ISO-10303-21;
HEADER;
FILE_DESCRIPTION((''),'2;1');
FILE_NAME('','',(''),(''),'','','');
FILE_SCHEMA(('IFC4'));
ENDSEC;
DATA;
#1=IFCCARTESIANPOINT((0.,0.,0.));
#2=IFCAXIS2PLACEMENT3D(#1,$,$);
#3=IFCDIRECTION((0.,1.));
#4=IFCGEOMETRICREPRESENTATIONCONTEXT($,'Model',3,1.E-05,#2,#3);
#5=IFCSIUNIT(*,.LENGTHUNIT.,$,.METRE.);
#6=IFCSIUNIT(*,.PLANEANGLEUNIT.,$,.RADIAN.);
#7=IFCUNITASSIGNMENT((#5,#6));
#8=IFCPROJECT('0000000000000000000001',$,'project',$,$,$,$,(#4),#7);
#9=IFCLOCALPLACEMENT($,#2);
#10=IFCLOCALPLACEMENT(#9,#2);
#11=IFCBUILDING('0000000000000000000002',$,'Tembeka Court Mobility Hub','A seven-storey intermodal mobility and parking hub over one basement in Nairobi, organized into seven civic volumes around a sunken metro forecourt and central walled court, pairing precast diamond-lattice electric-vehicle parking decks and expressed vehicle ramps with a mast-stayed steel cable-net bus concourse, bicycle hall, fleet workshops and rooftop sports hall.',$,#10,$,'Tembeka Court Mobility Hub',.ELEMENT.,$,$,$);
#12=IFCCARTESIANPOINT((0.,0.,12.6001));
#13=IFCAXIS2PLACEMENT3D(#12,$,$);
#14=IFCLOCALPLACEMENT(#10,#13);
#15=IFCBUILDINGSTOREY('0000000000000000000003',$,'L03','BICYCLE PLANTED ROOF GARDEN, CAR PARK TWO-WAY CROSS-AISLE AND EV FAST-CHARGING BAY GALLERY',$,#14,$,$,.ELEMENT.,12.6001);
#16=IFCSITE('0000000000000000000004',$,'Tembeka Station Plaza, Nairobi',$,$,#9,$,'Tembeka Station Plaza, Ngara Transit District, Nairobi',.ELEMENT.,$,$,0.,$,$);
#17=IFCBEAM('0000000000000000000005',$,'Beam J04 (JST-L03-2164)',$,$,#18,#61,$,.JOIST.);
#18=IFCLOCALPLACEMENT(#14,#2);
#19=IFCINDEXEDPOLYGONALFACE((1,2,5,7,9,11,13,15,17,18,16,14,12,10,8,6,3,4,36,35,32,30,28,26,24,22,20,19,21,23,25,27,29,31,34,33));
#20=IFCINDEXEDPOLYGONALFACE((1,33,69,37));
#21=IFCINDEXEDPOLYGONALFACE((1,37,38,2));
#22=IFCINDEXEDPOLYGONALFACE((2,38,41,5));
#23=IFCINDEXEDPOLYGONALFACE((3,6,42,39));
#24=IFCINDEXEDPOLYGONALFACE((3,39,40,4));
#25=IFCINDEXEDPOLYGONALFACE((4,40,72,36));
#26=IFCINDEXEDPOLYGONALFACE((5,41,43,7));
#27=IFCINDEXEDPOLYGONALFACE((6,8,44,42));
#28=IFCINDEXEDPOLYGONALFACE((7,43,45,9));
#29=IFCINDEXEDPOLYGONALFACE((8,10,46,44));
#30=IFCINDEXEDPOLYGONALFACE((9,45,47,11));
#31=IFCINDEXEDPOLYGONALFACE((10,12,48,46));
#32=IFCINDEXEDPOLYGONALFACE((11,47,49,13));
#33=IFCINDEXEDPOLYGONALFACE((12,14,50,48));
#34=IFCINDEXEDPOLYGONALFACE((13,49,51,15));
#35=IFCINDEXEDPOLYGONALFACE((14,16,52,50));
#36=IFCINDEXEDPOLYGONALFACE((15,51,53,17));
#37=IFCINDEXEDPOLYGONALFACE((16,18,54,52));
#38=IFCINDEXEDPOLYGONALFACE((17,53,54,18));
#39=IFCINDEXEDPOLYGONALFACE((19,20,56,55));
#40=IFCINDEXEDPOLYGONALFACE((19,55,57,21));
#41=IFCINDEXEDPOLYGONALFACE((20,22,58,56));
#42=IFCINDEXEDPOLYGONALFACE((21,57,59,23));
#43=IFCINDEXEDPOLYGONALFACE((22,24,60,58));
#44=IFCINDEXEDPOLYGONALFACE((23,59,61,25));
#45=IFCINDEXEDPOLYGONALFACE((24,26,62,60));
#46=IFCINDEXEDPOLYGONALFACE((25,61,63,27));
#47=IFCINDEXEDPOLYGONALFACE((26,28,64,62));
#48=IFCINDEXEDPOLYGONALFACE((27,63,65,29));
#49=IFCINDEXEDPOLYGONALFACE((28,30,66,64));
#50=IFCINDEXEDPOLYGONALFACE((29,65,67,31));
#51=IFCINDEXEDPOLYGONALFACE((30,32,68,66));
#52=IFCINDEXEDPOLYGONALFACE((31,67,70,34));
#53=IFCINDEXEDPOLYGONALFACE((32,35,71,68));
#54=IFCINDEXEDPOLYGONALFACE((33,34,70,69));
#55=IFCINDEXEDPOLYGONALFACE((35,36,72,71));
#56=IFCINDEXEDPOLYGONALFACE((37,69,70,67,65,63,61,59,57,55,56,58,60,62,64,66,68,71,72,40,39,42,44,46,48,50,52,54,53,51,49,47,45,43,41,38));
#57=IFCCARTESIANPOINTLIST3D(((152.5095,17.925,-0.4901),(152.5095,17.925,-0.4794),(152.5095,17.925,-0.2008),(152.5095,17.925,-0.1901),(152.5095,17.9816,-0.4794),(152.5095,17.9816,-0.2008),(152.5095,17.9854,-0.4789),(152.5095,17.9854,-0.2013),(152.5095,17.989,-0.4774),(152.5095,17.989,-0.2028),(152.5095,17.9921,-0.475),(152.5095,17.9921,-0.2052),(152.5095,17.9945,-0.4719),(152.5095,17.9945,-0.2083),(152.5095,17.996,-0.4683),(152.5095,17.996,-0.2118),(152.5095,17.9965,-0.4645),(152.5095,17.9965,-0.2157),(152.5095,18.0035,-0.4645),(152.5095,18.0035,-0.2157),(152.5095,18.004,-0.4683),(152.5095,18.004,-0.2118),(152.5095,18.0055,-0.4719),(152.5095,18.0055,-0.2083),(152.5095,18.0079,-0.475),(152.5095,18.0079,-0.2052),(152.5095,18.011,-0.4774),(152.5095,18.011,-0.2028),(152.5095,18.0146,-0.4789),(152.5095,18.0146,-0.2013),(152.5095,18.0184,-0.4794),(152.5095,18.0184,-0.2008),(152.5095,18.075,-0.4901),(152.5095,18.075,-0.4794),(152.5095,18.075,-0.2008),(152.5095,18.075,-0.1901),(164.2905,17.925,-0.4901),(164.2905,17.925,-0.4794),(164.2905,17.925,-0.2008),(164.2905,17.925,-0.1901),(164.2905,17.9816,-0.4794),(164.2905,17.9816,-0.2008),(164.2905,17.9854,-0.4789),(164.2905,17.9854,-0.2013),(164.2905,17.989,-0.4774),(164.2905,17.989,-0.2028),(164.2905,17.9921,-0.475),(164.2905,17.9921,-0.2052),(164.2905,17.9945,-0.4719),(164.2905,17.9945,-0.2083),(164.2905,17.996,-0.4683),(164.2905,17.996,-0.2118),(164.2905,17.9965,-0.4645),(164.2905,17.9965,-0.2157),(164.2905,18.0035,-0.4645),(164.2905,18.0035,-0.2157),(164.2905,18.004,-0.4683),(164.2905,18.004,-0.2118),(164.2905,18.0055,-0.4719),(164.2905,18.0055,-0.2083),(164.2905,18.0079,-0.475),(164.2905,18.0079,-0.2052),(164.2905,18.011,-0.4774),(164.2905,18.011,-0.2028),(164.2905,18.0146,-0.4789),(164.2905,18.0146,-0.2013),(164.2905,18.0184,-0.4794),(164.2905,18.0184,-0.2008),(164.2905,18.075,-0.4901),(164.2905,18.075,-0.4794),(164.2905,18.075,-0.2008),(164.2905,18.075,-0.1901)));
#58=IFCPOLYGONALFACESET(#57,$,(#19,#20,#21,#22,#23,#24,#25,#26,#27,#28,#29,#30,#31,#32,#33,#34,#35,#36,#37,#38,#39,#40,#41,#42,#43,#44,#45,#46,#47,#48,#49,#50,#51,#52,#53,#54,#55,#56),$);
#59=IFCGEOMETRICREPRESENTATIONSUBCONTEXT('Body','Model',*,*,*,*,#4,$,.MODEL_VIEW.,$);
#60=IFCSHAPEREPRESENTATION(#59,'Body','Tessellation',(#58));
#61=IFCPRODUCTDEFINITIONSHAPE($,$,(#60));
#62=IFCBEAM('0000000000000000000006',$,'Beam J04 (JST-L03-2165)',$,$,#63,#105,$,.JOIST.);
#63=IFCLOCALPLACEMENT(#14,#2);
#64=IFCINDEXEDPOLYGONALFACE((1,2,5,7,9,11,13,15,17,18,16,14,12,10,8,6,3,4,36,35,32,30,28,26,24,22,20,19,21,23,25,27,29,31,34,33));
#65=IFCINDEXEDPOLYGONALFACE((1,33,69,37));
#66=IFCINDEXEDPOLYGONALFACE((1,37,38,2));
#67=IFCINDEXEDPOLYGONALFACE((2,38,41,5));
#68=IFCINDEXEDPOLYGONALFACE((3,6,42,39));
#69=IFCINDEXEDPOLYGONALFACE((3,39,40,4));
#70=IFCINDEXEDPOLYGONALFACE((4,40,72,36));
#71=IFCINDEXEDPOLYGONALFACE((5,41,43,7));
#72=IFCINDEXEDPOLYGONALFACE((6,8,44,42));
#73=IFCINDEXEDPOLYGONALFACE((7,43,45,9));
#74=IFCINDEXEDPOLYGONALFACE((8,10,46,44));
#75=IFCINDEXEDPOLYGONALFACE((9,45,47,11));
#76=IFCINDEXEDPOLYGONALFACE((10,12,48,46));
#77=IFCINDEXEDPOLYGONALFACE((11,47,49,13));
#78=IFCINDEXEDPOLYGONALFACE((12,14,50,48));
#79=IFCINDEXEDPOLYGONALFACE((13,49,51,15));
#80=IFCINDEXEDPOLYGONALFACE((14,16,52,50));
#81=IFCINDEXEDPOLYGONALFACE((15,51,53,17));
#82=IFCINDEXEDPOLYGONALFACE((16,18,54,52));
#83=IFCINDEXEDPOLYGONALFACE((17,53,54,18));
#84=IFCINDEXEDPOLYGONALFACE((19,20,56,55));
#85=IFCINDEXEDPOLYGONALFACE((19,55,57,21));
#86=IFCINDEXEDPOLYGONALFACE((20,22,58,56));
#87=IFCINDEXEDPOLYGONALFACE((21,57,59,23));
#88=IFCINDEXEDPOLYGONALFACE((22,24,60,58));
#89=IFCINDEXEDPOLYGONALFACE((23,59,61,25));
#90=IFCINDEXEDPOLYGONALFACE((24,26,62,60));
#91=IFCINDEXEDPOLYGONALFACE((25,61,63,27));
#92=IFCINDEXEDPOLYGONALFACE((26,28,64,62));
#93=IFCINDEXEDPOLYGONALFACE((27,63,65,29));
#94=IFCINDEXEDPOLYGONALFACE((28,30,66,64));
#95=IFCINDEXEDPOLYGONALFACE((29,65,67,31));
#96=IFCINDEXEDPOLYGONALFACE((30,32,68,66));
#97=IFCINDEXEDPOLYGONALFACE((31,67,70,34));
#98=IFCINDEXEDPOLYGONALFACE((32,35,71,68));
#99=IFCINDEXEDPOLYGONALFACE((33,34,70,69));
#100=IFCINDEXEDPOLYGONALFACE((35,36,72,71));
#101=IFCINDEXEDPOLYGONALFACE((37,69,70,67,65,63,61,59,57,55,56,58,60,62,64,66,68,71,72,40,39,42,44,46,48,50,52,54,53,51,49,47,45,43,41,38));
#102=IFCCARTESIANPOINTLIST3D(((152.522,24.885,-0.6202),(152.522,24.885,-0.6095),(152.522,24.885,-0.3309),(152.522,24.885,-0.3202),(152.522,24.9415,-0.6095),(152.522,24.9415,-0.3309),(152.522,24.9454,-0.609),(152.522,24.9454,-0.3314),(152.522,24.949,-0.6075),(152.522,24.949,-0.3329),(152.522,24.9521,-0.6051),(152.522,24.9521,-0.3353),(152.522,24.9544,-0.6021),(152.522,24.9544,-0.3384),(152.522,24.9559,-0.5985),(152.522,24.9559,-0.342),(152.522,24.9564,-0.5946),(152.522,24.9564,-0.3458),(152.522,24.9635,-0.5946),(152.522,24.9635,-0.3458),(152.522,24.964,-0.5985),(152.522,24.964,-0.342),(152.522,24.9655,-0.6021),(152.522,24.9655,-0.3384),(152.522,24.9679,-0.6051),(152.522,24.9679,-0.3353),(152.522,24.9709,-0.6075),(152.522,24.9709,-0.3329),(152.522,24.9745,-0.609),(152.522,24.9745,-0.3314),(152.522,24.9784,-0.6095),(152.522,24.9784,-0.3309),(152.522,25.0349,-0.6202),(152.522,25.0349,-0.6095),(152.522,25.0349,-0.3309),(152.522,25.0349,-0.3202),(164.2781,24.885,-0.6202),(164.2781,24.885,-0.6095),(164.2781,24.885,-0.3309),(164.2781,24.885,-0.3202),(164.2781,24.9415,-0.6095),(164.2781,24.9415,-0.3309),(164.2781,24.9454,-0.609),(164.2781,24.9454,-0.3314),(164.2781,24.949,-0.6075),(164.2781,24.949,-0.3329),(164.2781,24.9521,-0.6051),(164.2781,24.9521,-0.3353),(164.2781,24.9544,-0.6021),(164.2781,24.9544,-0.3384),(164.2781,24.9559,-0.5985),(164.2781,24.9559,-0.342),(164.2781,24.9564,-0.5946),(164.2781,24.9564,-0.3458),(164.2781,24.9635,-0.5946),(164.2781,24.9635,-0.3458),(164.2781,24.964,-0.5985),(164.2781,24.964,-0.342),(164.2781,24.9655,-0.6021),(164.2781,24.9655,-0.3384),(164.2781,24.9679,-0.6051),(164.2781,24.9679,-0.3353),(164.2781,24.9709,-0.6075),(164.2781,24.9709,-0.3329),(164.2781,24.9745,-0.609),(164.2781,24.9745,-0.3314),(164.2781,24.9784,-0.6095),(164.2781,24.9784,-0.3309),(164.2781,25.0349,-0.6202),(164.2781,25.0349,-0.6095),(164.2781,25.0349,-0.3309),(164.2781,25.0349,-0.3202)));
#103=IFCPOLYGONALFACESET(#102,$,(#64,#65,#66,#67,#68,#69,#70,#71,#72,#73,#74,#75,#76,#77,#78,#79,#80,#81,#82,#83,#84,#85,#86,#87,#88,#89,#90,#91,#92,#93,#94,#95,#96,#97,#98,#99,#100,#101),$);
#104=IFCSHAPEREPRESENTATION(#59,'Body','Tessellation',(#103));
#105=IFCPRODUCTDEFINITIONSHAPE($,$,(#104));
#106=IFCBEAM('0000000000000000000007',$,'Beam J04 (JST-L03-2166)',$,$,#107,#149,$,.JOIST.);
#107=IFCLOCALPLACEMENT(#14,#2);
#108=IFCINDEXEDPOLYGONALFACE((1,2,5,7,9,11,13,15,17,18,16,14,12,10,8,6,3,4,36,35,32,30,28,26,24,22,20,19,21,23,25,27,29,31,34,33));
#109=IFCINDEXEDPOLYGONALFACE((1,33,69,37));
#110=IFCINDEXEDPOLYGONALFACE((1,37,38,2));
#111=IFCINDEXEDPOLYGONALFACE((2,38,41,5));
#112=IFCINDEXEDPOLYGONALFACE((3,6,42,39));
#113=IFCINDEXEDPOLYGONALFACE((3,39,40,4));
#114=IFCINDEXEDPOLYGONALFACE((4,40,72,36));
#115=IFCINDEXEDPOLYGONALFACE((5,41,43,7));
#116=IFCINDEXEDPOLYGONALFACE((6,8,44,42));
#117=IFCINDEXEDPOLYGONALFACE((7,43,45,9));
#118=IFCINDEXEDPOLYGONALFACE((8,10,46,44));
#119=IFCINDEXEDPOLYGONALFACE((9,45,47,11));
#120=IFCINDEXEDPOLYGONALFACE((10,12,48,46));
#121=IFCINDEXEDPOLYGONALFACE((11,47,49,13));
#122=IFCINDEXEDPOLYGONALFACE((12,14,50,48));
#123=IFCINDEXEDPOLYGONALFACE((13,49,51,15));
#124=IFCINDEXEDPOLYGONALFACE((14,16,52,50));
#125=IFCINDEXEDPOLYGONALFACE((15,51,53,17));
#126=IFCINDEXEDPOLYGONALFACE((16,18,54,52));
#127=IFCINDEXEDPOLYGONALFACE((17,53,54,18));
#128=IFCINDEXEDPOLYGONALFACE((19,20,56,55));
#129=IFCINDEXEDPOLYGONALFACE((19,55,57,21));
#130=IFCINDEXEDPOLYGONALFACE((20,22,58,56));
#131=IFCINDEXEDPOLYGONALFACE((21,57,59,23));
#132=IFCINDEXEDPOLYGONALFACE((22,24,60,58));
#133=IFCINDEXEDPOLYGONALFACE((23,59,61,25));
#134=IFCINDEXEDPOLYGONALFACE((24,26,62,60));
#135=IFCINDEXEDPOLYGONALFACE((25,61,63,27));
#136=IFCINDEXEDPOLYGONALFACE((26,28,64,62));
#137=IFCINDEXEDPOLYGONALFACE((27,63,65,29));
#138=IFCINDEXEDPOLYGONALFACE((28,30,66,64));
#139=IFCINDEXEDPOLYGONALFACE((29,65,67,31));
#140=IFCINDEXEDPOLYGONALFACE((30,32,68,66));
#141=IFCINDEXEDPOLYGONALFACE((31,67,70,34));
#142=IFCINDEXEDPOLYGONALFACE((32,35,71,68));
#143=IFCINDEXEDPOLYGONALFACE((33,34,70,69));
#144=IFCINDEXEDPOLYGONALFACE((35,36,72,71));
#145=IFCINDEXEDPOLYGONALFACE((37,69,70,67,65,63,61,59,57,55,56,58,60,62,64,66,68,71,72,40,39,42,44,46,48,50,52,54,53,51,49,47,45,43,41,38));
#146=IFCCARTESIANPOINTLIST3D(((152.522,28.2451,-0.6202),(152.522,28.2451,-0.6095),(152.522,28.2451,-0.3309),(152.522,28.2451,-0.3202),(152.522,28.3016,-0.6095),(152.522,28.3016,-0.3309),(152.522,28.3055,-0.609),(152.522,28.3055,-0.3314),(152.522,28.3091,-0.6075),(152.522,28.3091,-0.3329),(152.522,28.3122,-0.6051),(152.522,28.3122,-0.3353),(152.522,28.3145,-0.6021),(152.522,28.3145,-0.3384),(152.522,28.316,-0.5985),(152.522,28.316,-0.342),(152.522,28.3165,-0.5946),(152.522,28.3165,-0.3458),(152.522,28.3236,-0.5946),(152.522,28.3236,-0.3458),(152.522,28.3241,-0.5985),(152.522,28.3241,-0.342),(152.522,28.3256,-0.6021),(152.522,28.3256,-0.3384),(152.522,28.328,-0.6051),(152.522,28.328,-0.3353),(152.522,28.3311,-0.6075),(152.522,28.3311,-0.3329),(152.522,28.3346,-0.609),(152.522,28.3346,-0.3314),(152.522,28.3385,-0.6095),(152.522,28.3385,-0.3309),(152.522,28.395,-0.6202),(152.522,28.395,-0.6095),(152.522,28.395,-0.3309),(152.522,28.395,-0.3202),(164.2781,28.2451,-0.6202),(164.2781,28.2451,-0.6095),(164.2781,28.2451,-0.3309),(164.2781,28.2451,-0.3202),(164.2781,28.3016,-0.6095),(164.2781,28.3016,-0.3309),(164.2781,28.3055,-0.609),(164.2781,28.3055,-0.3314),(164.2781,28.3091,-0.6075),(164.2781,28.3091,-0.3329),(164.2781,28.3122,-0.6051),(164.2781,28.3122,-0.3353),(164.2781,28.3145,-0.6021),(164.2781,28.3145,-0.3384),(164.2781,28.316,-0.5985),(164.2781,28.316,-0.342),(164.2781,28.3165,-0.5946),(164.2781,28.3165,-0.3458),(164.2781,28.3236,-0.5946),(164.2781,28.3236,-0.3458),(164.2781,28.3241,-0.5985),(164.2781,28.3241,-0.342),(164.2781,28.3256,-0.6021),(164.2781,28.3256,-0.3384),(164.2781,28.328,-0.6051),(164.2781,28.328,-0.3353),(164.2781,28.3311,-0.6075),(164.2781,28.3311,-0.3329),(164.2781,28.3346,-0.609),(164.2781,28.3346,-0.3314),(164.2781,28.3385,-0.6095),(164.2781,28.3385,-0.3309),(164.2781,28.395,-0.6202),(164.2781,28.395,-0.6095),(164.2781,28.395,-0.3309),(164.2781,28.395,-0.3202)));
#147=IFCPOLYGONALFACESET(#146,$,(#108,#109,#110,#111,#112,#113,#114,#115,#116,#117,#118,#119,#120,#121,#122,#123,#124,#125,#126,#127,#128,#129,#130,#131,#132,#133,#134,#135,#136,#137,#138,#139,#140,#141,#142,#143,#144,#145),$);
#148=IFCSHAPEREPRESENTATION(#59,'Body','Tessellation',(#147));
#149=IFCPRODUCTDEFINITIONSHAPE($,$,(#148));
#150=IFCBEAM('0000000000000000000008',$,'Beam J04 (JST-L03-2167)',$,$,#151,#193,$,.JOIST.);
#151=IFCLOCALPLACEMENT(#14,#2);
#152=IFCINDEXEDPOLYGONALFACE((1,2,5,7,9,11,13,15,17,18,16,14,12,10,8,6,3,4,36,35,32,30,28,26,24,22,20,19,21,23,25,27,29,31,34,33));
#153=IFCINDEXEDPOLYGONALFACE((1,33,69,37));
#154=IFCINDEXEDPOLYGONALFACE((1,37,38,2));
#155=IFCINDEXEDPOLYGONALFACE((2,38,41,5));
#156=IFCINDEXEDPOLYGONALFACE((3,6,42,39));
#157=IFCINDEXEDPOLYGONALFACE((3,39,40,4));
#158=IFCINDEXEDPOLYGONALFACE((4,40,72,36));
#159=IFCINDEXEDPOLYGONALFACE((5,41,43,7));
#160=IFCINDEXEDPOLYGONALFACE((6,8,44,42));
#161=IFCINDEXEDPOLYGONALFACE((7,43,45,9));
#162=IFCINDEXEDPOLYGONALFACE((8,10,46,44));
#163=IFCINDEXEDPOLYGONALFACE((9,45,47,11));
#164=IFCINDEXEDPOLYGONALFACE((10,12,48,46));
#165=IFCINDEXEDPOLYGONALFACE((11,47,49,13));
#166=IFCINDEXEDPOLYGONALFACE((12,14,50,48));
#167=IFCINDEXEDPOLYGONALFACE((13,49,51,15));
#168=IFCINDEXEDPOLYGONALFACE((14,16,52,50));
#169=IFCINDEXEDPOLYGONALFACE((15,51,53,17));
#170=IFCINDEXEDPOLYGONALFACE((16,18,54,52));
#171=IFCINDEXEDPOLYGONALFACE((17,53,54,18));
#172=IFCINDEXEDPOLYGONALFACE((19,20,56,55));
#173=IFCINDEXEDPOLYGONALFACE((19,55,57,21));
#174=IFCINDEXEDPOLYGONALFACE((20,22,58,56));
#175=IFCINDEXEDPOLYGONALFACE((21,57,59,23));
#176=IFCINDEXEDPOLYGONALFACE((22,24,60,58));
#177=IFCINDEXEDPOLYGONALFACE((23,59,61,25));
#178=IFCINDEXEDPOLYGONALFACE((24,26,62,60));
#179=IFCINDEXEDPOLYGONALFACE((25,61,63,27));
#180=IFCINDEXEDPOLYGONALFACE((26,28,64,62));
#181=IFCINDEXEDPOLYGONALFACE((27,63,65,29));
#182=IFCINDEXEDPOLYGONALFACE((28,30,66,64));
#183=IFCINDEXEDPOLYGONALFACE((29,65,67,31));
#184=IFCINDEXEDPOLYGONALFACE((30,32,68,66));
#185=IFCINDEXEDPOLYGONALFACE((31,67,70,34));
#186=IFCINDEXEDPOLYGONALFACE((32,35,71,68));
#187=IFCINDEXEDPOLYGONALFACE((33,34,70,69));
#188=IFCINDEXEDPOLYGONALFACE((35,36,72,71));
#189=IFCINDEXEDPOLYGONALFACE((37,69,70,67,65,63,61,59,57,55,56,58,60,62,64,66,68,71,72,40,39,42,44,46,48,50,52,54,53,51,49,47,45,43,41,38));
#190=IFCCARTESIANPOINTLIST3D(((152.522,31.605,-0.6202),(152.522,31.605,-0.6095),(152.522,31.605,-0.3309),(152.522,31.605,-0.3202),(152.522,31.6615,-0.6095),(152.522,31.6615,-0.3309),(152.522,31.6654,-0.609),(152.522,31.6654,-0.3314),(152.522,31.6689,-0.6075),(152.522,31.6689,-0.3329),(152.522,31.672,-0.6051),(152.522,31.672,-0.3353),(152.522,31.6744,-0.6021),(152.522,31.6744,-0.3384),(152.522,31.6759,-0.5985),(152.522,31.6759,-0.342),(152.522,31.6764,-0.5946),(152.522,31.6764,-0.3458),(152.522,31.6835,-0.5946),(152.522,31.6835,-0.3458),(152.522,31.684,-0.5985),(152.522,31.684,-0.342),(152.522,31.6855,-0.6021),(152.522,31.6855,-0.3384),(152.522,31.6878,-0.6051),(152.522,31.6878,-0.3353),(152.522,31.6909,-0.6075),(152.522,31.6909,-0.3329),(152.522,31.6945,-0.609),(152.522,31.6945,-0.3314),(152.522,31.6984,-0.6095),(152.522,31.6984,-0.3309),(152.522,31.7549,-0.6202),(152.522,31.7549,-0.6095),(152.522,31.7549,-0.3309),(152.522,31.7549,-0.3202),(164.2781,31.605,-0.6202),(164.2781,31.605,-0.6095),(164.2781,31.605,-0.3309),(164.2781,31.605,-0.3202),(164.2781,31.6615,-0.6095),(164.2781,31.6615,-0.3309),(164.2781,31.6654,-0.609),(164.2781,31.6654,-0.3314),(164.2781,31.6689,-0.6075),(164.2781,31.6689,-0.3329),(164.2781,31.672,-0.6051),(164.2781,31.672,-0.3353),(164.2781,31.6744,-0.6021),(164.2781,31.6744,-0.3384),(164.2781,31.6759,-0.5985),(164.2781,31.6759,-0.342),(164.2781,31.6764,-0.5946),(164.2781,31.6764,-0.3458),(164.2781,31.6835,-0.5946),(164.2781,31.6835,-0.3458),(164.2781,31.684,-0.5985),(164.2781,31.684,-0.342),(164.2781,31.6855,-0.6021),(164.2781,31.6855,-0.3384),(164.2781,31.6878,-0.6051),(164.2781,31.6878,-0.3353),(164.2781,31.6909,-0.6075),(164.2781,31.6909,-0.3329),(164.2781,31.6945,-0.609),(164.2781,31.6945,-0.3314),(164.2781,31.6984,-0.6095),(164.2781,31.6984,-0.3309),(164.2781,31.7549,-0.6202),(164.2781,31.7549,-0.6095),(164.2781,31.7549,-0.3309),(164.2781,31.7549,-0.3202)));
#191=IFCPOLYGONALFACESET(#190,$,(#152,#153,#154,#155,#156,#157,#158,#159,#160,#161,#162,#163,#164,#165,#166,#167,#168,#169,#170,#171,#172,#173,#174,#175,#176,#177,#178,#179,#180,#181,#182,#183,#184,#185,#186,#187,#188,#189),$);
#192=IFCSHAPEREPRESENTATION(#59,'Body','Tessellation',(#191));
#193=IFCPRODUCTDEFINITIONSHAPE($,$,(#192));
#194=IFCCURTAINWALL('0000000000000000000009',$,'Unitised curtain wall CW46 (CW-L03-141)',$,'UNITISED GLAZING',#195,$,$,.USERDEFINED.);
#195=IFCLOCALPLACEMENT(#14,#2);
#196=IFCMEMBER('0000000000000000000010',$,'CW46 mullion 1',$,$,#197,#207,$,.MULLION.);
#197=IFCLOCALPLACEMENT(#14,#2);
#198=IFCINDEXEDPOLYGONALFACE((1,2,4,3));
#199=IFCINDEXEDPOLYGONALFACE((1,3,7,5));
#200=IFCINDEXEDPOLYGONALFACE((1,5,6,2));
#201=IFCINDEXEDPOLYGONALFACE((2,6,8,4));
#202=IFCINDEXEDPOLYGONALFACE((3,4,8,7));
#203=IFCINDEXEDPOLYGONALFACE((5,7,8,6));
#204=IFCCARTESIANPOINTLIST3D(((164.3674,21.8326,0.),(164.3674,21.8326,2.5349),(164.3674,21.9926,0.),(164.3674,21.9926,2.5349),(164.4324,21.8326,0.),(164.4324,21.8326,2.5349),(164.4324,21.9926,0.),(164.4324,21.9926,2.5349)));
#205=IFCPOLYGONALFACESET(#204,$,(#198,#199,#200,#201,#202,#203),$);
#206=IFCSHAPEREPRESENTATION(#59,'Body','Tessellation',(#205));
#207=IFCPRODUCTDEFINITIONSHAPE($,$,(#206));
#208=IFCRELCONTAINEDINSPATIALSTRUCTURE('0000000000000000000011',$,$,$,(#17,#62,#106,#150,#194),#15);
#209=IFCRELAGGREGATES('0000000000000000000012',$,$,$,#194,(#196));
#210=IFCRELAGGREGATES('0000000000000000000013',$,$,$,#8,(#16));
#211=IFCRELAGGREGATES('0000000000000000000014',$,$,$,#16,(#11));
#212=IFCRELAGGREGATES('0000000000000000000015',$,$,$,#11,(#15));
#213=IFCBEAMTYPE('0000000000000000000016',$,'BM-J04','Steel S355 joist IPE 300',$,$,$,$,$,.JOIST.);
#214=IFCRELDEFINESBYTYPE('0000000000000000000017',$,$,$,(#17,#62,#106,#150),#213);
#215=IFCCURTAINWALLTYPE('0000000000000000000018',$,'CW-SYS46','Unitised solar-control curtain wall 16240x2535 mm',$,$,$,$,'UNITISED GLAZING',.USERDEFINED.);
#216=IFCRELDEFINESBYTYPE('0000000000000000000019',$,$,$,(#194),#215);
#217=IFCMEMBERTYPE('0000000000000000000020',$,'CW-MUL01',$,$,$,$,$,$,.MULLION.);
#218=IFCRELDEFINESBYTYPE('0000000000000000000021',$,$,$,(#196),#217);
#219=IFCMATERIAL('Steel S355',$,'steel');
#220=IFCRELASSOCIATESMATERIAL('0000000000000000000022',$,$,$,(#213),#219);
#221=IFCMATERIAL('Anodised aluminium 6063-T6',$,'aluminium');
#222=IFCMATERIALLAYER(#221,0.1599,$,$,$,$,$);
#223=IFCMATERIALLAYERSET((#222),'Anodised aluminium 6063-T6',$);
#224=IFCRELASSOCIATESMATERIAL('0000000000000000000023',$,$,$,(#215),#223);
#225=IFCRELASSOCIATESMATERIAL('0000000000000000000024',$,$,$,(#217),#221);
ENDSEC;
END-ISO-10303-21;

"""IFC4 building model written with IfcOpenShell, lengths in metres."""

from ifc_helpers import new_model, si_unit, direction, frame, origin, origin_2d, place, context, subcontext, project, spatial, rectangle, i_section, extrude, material, layer, layer_set, material_profile, profile_set, type_object, element, aggregate, save


model = new_model("IFC4")

# Units and contexts
model_context = context("Model", 3, precision=1e-05, world=origin(), true_north=direction((0.0, 1.0)))
body_context = subcontext(model_context, "Body", "Model", "MODEL_VIEW")
ifc_project = project(units=[si_unit("LENGTHUNIT", "METRE"), si_unit("PLANEANGLEUNIT", "RADIAN")], contexts=[model_context])

# Site, building, storey
site_placement = place(None, origin())
site = spatial("IfcSite", under=ifc_project, at=site_placement, Name="Tembeka Station Plaza, Nairobi", LongName="Tembeka Station Plaza, Ngara Transit District, Nairobi", CompositionType="ELEMENT", RefElevation=0.0)
building_placement = place(site_placement, origin())
building = spatial("IfcBuilding", under=site, at=building_placement, Name="Tembeka Court Mobility Hub", Description="A seven-storey intermodal mobility and parking hub over one basement in Nairobi, organized into seven civic volumes around a sunken metro forecourt and central walled court, pairing precast diamond-lattice electric-vehicle parking decks and expressed vehicle ramps with a mast-stayed steel cable-net bus concourse, bicycle hall, fleet workshops and rooftop sports hall.", LongName="Tembeka Court Mobility Hub", CompositionType="ELEMENT")
storey_placement = place(building_placement, frame((0.0, 0.0, 12.6001)))
storey = spatial("IfcBuildingStorey", under=building, at=storey_placement, Name="L03", Description="BICYCLE PLANTED ROOF GARDEN, CAR PARK TWO-WAY CROSS-AISLE AND EV FAST-CHARGING BAY GALLERY", CompositionType="ELEMENT", Elevation=12.6001)

# Shared definitions
ifc_material_1 = material(Name="Steel S355", Category="steel")

# Beams
ifc_material_profile_1 = material_profile(ifc_material_1, i_section(OverallWidth=0.1499, OverallDepth=0.3, WebThickness=0.0071, FlangeThickness=0.0107, FilletRadius=0.0149, at=origin_2d()), Name="IPE 300")
ifc_profile_set_1 = profile_set([ifc_material_profile_1], Name="Steel S355")
beam_type_1 = type_object("IfcBeamType", Name="BM-J04", Description="Steel S355 joist IPE 300", PredefinedType="JOIST", material=ifc_profile_set_1)
beam_placement = place(storey_placement, frame((152.5095, 18.0, -0.3401), z_axis=(1.0, 0.0, 0.0), x_axis=(0.0, 1.0, 0.0)))
element("IfcBeam", 1, at=beam_placement, inside=storey, type_object=beam_type_1, Name="Beam J04 (JST-L03-2164)", PredefinedType="JOIST", context=body_context, shape_type="SweptSolid", body=[
    extrude(i_section(OverallWidth=0.1499, OverallDepth=0.3, WebThickness=0.0071, FlangeThickness=0.0107, FilletRadius=0.0149, at=origin_2d()), origin(), (0.0, 0.0, 1.0), 11.781),
])
for number, where, z_axis, x_axis, name in (
    (2, (152.522, 24.96, -0.4702), (1.0, 0.0, 0.0), (0.0, 1.0, 0.0), "Beam J04 (JST-L03-2165)"),
    (3, (152.522, 28.3201, -0.4702), (1.0, 0.0, 0.0), (0.0, 1.0, 0.0), "Beam J04 (JST-L03-2166)"),
    (4, (152.522, 31.6799, -0.4702), (1.0, 0.0, 0.0), (0.0, 1.0, 0.0), "Beam J04 (JST-L03-2167)"),
):
    element("IfcBeam", number, at=place(storey_placement, frame(where, z_axis=z_axis, x_axis=x_axis)), inside=storey, type_object=beam_type_1, Name=name, PredefinedType="JOIST", context=body_context, shape_type="SweptSolid", body=[
        extrude(i_section(OverallWidth=0.1499, OverallDepth=0.3, WebThickness=0.0071, FlangeThickness=0.0107, FilletRadius=0.0149, at=origin_2d()), origin(), (0.0, 0.0, 1.0), 11.7561),
    ])

# Curtain wall, member
ifc_material_2 = material(Name="Anodised aluminium 6063-T6", Category="aluminium")
ifc_layer_1 = layer(ifc_material_2, 0.1599)
ifc_layer_set_1 = layer_set([ifc_layer_1], Name="Anodised aluminium 6063-T6")
curtain_wall_type = type_object("IfcCurtainWallType", Name="CW-SYS46", Description="Unitised solar-control curtain wall 16240x2535 mm", ElementType="UNITISED GLAZING", PredefinedType="USERDEFINED", material=ifc_layer_set_1)
curtain_wall_placement = place(storey_placement, origin())
curtain_wall = element("IfcCurtainWall", 5, at=curtain_wall_placement, inside=storey, type_object=curtain_wall_type, Name="Unitised curtain wall CW46 (CW-L03-141)", ObjectType="UNITISED GLAZING", PredefinedType="USERDEFINED")
ifc_material_profile_2 = material_profile(ifc_material_2, rectangle(XDim=0.0649, YDim=0.1599, at=origin_2d()), Name="ALU-MUL 65x160")
ifc_profile_set_2 = profile_set([ifc_material_profile_2], Name="Anodised aluminium 6063-T6")
member_type_1 = type_object("IfcMemberType", Name="CW-MUL01", PredefinedType="MULLION", material=ifc_profile_set_2)
member_1_placement = place(storey_placement, frame((164.3999, 21.9126, 0.0), z_axis=(0.0, 0.0, 1.0), x_axis=(-1.0, 0.0, 0.0)))
member_1 = element("IfcMember", 6, at=member_1_placement, type_object=member_type_1, Name="CW46 mullion 1", PredefinedType="MULLION", context=body_context, shape_type="SweptSolid", body=[
    extrude(rectangle(XDim=0.0649, YDim=0.1599, at=origin_2d()), origin(), (0.0, 0.0, 1.0), 2.5349),
])
aggregate(curtain_wall, [member_1])

save(model, "model.ifc")
